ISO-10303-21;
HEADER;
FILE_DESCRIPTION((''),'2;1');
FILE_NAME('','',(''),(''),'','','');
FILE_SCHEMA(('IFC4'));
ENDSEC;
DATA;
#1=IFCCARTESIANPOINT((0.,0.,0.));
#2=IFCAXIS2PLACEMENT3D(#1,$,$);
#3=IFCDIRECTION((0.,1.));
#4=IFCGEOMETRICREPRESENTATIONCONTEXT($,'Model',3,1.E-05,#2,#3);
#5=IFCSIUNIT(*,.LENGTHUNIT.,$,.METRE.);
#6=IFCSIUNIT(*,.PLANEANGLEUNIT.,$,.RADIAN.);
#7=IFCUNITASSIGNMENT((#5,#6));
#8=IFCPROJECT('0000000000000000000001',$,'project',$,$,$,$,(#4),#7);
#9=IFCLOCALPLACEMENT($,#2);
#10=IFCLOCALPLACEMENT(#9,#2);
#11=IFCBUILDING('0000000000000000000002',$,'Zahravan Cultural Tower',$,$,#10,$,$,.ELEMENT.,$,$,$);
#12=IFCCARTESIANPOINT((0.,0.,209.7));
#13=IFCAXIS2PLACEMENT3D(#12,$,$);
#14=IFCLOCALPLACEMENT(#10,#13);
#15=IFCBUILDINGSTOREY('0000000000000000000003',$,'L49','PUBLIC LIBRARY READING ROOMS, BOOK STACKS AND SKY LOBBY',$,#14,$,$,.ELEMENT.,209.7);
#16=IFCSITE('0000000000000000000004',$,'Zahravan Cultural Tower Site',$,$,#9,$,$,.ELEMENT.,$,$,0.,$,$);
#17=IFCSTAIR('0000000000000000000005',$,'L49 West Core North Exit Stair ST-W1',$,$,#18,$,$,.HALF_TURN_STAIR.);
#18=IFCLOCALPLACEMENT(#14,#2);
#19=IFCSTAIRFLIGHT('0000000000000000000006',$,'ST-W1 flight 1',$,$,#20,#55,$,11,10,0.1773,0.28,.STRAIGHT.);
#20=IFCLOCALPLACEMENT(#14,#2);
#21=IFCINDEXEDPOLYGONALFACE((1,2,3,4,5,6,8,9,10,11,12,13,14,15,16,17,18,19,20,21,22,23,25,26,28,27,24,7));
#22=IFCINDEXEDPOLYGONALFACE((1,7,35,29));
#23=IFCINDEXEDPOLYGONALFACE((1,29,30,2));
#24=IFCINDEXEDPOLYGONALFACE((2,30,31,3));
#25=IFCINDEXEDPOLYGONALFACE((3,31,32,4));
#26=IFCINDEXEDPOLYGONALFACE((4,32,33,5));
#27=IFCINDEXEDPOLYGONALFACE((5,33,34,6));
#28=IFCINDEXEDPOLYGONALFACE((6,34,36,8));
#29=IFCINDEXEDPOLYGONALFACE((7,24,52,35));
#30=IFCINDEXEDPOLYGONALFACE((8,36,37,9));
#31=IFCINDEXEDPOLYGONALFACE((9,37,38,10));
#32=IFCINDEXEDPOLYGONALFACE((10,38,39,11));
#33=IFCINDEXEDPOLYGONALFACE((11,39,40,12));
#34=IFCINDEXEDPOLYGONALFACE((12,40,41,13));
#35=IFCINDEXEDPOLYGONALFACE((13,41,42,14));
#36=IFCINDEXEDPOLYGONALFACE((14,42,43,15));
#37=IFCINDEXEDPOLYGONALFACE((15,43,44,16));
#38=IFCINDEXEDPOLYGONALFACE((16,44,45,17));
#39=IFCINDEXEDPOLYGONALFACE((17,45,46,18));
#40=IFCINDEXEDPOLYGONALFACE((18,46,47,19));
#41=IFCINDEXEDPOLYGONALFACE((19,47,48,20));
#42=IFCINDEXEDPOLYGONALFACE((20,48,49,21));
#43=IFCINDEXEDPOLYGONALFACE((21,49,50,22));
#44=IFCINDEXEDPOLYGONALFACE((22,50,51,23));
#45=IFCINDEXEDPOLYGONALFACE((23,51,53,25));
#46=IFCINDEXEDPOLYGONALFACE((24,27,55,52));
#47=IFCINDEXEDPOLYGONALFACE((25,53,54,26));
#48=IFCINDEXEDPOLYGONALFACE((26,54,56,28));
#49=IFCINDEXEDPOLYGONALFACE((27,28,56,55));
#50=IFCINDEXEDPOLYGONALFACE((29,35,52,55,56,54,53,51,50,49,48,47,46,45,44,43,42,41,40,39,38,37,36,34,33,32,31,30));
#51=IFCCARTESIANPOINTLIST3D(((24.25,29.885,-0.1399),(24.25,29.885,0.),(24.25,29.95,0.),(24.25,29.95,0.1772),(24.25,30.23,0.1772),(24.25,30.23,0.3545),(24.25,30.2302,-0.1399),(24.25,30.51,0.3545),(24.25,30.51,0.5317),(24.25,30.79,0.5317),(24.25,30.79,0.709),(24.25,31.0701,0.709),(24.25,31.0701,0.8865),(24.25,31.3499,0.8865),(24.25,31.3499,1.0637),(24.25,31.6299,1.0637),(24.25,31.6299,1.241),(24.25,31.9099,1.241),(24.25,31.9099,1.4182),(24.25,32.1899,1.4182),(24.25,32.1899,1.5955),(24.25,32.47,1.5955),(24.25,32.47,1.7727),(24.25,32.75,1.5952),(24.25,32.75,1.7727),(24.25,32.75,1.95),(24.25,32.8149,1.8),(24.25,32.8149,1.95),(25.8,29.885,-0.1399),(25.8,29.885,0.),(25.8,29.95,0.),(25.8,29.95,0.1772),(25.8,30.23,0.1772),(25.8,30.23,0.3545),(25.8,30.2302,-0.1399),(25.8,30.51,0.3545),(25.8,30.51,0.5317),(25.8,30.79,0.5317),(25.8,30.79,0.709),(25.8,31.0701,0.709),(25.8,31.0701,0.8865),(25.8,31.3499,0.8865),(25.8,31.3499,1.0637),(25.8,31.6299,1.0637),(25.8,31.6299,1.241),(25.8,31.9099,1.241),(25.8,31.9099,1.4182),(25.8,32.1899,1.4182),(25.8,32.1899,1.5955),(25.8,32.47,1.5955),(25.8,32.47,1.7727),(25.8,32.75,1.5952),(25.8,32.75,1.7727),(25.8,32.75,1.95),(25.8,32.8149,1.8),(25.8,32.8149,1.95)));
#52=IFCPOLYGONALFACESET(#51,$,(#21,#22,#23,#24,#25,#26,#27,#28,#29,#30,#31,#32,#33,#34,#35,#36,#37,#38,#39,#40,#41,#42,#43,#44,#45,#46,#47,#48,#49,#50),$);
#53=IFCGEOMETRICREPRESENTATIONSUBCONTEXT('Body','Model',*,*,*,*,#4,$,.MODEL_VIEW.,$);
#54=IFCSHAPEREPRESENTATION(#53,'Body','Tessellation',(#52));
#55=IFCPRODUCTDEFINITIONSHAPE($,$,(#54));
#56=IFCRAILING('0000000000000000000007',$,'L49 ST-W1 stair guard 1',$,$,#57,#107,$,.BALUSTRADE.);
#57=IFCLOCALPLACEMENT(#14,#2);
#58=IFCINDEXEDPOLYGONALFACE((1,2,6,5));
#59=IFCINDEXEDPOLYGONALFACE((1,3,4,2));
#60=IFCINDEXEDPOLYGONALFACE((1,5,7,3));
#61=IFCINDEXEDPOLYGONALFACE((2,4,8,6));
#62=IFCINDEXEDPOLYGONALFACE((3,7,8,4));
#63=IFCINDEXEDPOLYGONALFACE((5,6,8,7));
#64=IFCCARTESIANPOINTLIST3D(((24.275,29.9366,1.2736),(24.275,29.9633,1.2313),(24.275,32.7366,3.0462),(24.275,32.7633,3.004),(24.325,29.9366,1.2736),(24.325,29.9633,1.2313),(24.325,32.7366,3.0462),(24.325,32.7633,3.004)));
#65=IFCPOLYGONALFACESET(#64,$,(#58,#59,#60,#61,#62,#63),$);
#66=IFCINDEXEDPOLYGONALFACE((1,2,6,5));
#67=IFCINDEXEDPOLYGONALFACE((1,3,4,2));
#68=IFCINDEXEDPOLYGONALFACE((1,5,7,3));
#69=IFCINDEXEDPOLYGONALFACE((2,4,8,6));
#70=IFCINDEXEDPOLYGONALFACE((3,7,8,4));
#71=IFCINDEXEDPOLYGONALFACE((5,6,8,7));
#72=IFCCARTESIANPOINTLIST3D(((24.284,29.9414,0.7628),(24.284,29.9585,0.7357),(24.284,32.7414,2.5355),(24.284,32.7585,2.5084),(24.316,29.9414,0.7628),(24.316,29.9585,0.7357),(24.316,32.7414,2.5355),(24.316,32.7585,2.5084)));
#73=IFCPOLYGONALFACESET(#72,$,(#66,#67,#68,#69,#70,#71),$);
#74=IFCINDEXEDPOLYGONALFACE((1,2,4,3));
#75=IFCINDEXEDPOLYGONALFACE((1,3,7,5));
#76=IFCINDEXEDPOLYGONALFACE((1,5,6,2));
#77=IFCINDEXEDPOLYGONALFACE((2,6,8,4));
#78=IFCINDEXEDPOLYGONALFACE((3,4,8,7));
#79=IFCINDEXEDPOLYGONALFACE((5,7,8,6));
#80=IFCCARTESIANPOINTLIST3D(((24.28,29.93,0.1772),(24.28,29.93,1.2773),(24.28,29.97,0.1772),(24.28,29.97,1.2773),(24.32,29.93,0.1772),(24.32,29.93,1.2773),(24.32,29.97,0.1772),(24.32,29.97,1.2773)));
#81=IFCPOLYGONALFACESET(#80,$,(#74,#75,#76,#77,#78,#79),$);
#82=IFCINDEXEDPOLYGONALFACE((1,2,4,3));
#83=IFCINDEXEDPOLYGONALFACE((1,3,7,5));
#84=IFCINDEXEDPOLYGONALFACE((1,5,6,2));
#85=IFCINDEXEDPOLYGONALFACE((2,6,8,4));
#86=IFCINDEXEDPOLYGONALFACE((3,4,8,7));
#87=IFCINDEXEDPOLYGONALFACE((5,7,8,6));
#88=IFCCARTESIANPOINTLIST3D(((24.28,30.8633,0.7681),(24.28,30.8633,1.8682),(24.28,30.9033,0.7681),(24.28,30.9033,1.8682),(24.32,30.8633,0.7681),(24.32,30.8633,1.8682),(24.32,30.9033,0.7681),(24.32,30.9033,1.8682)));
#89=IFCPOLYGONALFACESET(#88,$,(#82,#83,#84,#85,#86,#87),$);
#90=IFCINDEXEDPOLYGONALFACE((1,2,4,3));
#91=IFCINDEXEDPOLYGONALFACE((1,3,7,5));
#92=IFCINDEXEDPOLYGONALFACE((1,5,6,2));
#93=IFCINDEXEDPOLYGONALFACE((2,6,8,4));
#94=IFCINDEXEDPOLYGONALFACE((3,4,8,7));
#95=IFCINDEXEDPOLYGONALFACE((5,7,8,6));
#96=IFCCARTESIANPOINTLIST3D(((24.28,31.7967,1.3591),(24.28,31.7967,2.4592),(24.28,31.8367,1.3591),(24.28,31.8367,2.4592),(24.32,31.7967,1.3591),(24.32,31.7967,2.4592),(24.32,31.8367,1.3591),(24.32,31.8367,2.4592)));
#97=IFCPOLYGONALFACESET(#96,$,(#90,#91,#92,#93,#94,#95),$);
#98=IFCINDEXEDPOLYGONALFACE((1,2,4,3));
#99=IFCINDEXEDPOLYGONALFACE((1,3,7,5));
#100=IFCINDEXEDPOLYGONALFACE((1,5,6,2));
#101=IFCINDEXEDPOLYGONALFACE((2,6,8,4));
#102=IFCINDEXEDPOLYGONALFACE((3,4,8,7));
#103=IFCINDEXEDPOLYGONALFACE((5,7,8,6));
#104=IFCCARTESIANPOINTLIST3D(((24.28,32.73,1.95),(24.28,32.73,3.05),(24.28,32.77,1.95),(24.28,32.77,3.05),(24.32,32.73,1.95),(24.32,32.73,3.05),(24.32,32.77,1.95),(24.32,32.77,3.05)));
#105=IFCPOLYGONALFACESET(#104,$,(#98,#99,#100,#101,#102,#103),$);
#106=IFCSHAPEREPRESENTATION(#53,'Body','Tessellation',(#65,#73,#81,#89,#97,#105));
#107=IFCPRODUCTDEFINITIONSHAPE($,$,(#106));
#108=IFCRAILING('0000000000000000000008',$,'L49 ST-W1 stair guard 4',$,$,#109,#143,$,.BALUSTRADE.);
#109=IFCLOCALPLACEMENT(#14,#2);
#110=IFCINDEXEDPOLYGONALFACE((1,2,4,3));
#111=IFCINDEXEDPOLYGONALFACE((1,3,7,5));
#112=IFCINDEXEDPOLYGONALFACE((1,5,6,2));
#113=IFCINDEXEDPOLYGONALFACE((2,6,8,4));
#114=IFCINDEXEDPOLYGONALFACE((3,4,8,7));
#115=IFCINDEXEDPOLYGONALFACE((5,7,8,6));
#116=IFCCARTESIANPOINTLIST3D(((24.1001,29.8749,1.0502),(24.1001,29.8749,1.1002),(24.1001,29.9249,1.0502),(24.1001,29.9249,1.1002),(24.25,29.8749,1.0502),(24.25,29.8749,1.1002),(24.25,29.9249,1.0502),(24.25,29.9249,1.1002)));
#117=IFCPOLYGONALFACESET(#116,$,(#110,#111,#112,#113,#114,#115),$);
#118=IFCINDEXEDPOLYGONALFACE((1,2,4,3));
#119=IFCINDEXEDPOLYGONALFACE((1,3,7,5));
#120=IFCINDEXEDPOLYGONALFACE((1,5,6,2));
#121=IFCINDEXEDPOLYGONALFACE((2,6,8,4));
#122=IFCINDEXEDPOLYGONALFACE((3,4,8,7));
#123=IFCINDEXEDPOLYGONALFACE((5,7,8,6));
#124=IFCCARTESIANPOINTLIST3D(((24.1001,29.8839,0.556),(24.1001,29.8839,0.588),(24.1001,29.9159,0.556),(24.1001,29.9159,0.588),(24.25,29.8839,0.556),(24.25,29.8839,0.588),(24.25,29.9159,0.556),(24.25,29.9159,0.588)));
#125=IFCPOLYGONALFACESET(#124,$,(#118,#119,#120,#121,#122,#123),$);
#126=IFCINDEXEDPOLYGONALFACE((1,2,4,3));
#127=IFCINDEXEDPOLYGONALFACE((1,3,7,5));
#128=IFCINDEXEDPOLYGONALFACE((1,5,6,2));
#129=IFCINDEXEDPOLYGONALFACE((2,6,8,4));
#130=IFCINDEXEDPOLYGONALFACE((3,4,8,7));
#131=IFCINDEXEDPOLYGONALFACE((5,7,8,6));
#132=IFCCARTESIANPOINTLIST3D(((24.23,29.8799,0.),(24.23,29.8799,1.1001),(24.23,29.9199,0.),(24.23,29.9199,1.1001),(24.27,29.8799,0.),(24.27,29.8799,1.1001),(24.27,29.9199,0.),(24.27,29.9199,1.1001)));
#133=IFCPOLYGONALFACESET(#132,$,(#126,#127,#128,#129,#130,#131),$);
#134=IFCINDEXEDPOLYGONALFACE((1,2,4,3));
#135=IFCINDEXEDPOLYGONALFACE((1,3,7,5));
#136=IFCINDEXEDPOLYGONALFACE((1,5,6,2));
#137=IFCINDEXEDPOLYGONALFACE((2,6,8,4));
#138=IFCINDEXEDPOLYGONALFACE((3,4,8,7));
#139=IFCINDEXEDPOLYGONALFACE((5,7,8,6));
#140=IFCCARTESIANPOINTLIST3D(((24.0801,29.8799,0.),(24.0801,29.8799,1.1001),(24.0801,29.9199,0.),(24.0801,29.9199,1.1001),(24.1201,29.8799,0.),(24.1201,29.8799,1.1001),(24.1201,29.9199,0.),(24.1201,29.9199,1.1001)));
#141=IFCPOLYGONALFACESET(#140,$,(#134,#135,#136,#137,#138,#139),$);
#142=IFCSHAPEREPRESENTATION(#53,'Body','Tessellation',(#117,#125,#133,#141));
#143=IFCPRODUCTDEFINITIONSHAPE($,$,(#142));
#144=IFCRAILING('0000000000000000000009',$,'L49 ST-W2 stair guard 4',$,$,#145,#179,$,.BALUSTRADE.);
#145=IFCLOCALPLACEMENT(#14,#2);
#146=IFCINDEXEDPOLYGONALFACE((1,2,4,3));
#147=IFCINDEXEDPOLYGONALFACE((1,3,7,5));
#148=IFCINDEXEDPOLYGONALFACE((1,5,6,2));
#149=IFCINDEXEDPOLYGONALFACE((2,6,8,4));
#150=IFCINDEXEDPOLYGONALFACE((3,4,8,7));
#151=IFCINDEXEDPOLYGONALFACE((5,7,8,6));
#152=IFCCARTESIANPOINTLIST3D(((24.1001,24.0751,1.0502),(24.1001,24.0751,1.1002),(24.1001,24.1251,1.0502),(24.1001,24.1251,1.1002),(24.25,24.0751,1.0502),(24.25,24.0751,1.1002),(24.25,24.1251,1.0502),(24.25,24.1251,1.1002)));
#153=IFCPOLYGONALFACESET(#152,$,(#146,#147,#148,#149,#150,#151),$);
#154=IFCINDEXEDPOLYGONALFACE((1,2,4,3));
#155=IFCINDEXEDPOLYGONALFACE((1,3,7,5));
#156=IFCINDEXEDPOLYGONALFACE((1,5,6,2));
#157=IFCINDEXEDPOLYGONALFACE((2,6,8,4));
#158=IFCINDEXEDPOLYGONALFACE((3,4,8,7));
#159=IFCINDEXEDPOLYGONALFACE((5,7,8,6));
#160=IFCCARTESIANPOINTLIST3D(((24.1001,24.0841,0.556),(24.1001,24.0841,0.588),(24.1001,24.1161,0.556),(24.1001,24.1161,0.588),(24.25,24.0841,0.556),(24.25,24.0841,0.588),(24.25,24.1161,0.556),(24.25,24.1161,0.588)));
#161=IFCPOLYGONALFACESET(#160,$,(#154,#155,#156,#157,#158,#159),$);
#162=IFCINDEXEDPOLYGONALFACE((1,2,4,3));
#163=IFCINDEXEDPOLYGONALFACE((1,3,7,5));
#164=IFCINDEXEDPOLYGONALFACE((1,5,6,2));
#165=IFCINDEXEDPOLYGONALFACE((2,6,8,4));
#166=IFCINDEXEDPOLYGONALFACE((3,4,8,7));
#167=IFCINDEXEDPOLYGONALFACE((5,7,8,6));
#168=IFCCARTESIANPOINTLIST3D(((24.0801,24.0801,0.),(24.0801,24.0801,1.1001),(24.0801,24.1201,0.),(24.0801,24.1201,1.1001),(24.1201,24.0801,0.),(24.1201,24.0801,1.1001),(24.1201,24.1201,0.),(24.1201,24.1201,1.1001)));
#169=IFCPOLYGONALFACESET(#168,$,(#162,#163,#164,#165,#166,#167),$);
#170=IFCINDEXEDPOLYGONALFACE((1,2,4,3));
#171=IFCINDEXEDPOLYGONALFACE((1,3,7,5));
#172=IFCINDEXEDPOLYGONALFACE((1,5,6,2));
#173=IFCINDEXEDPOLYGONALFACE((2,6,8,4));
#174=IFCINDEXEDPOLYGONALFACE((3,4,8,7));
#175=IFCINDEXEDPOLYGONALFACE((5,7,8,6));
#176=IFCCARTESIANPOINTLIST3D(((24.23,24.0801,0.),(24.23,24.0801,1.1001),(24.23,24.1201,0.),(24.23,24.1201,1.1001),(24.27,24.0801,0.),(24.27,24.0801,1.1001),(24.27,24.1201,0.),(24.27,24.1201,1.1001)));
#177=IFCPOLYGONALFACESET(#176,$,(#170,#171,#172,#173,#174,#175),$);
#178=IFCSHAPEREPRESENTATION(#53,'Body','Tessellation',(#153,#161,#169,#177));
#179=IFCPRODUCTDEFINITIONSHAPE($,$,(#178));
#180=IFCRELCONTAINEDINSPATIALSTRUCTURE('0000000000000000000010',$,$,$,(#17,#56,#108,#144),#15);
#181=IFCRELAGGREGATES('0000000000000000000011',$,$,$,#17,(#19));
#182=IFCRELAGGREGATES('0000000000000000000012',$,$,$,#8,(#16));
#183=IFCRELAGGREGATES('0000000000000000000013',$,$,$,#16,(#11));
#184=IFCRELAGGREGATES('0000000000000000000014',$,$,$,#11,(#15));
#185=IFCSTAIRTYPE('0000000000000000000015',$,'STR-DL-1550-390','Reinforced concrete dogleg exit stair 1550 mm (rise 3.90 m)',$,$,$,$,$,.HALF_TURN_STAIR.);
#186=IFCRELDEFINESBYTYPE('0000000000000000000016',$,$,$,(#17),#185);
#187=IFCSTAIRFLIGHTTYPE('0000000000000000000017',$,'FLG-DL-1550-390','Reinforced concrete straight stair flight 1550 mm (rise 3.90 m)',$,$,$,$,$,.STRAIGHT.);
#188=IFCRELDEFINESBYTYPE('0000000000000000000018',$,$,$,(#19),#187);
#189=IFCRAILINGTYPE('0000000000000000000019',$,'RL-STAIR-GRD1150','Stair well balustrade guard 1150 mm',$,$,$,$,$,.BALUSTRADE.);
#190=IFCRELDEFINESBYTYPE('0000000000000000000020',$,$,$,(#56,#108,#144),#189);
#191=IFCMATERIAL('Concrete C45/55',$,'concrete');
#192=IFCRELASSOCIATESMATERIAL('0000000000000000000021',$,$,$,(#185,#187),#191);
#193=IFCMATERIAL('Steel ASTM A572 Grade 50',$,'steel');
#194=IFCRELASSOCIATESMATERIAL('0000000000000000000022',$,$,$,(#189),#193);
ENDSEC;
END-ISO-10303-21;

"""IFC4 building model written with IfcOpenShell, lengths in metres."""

from ifc_helpers import new_model, si_unit, direction, frame, origin, origin_2d, place, context, subcontext, project, spatial, polyline, rectangle, outline, extrude, material, type_object, element, aggregate, save


model = new_model("IFC4")

# Units and contexts
model_context = context("Model", 3, precision=1e-05, world=origin(), true_north=direction((0.0, 1.0)))
body_context = subcontext(model_context, "Body", "Model", "MODEL_VIEW")
ifc_project = project(units=[si_unit("LENGTHUNIT", "METRE"), si_unit("PLANEANGLEUNIT", "RADIAN")], contexts=[model_context])

# Site, building, storey
site_placement = place(None, origin())
site = spatial("IfcSite", under=ifc_project, at=site_placement, Name="Zahravan Cultural Tower Site", CompositionType="ELEMENT", RefElevation=0.0)
building_placement = place(site_placement, origin())
building = spatial("IfcBuilding", under=site, at=building_placement, Name="Zahravan Cultural Tower", CompositionType="ELEMENT")
storey_placement = place(building_placement, frame((0.0, 0.0, 209.7)))
storey = spatial("IfcBuildingStorey", under=building, at=storey_placement, Name="L49", Description="PUBLIC LIBRARY READING ROOMS, BOOK STACKS AND SKY LOBBY", CompositionType="ELEMENT", Elevation=209.7)

# Shared definitions
ifc_material_1 = material(Name="Steel ASTM A572 Grade 50", Category="steel")
ifc_material_2 = material(Name="Concrete C45/55", Category="concrete")

# Stair, stair flight
stair_type = type_object("IfcStairType", Name="STR-DL-1550-390", Description="Reinforced concrete dogleg exit stair 1550 mm (rise 3.90 m)", PredefinedType="HALF_TURN_STAIR", material=ifc_material_2)
stair_placement = place(storey_placement, origin())
stair = element("IfcStair", 1, at=stair_placement, inside=storey, type_object=stair_type, Name="L49 West Core North Exit Stair ST-W1", PredefinedType="HALF_TURN_STAIR")
stair_flight_type = type_object("IfcStairFlightType", Name="FLG-DL-1550-390", Description="Reinforced concrete straight stair flight 1550 mm (rise 3.90 m)", PredefinedType="STRAIGHT", material=ifc_material_2)
stair_flight_placement = place(storey_placement, frame((25.0249, 29.95, 0.0), z_axis=(0.0, 0.0, 1.0), x_axis=(0.0, 1.0, 0.0)))
stair_flight = element("IfcStairFlight", 2, at=stair_flight_placement, type_object=stair_flight_type, Name="ST-W1 flight 1", NumberOfRisers=11, NumberOfTreads=10, PredefinedType="STRAIGHT", RiserHeight=0.1773, TreadLength=0.28, context=body_context, shape_type="SweptSolid", body=[
    extrude(outline(polyline([(-0.0649, -0.1399), (-0.0649, 0.0), (0.0, 0.0), (0.0, 0.1772), (0.28, 0.1772), (0.28, 0.3545), (0.5601, 0.3545), (0.5601, 0.5317), (0.8401, 0.5317), (0.8401, 0.709), (1.1201, 0.709), (1.1201, 0.8865), (1.3999, 0.8865), (1.3999, 1.0637), (1.6799, 1.0637), (1.6799, 1.241), (1.96, 1.241), (1.96, 1.4182), (2.24, 1.4182), (2.24, 1.5955), (2.52, 1.5955), (2.52, 1.7727), (2.8, 1.7727), (2.8, 1.95), (2.865, 1.95), (2.865, 1.8), (2.8, 1.5952), (0.2803, -0.1399), (-0.0649, -0.1399)])), frame((0.0, 0.7749, 0.0), z_axis=(0.0, -1.0, 0.0), x_axis=(1.0, 0.0, 0.0)), (0.0, 0.0, 1.0), 1.55),
])
aggregate(stair, [stair_flight])

# Railings
railing_type_1 = type_object("IfcRailingType", Name="RL-STAIR-GRD1150", Description="Stair well balustrade guard 1150 mm", PredefinedType="BALUSTRADE", material=ifc_material_1)
railing_1_placement = place(storey_placement, frame((24.3, 29.95, 0.1772)))
element("IfcRailing", 3, at=railing_1_placement, inside=storey, type_object=railing_type_1, Name="L49 ST-W1 stair guard 1", PredefinedType="BALUSTRADE", context=body_context, shape_type="SweptSolid", body=[
    extrude(rectangle(XDim=0.05, YDim=0.05, at=origin_2d()), frame((0.0, 0.0, 1.0752), z_axis=(0.0, 0.844909, 0.53491), x_axis=(-1.0, 0.0, 0.0)), (0.0, 0.0, 1.0), 3.314),
    extrude(rectangle(XDim=0.032, YDim=0.032, at=origin_2d()), frame((0.0, 0.0, 0.572), z_axis=(0.0, 0.844909, 0.53491), x_axis=(-1.0, 0.0, 0.0)), (0.0, 0.0, 1.0), 3.314),
    extrude(rectangle(XDim=0.04, YDim=0.04, at=origin_2d()), origin(), (0.0, 0.0, 1.0), 1.1001),
    extrude(rectangle(XDim=0.04, YDim=0.04, at=origin_2d()), frame((0.0, 0.9333, 0.5908)), (0.0, 0.0, 1.0), 1.1001),
    extrude(rectangle(XDim=0.04, YDim=0.04, at=origin_2d()), frame((0.0, 1.8667, 1.1819)), (0.0, 0.0, 1.0), 1.1001),
    extrude(rectangle(XDim=0.04, YDim=0.04, at=origin_2d()), frame((0.0, 2.8, 1.7727)), (0.0, 0.0, 1.0), 1.1001),
])
railing_2_placement = place(storey_placement, frame((24.25, 29.8999, 0.0)))
element("IfcRailing", 4, at=railing_2_placement, inside=storey, type_object=railing_type_1, Name="L49 ST-W1 stair guard 4", PredefinedType="BALUSTRADE", context=body_context, shape_type="SweptSolid", body=[
    extrude(rectangle(XDim=0.05, YDim=0.05, at=origin_2d()), frame((0.0, 0.0, 1.0752), z_axis=(-1.0, 0.0, 0.0), x_axis=(0.0, -1.0, 0.0)), (0.0, 0.0, 1.0), 0.1499),
    extrude(rectangle(XDim=0.032, YDim=0.032, at=origin_2d()), frame((0.0, 0.0, 0.572), z_axis=(-1.0, 0.0, 0.0), x_axis=(0.0, -1.0, 0.0)), (0.0, 0.0, 1.0), 0.1499),
    extrude(rectangle(XDim=0.04, YDim=0.04, at=origin_2d()), origin(), (0.0, 0.0, 1.0), 1.1001),
    extrude(rectangle(XDim=0.04, YDim=0.04, at=origin_2d()), frame((-0.1499, 0.0, 0.0)), (0.0, 0.0, 1.0), 1.1001),
])
railing_3_placement = place(storey_placement, frame((24.1001, 24.1001, 0.0)))
element("IfcRailing", 5, at=railing_3_placement, inside=storey, type_object=railing_type_1, Name="L49 ST-W2 stair guard 4", PredefinedType="BALUSTRADE", context=body_context, shape_type="SweptSolid", body=[
    extrude(rectangle(XDim=0.05, YDim=0.05, at=origin_2d()), frame((0.0, 0.0, 1.0752), z_axis=(1.0, 0.0, 0.0), x_axis=(0.0, 1.0, 0.0)), (0.0, 0.0, 1.0), 0.1499),
    extrude(rectangle(XDim=0.032, YDim=0.032, at=origin_2d()), frame((0.0, 0.0, 0.572), z_axis=(1.0, 0.0, 0.0), x_axis=(0.0, 1.0, 0.0)), (0.0, 0.0, 1.0), 0.1499),
    extrude(rectangle(XDim=0.04, YDim=0.04, at=origin_2d()), origin(), (0.0, 0.0, 1.0), 1.1001),
    extrude(rectangle(XDim=0.04, YDim=0.04, at=origin_2d()), frame((0.1499, 0.0, 0.0)), (0.0, 0.0, 1.0), 1.1001),
])

save(model, "model.ifc")
